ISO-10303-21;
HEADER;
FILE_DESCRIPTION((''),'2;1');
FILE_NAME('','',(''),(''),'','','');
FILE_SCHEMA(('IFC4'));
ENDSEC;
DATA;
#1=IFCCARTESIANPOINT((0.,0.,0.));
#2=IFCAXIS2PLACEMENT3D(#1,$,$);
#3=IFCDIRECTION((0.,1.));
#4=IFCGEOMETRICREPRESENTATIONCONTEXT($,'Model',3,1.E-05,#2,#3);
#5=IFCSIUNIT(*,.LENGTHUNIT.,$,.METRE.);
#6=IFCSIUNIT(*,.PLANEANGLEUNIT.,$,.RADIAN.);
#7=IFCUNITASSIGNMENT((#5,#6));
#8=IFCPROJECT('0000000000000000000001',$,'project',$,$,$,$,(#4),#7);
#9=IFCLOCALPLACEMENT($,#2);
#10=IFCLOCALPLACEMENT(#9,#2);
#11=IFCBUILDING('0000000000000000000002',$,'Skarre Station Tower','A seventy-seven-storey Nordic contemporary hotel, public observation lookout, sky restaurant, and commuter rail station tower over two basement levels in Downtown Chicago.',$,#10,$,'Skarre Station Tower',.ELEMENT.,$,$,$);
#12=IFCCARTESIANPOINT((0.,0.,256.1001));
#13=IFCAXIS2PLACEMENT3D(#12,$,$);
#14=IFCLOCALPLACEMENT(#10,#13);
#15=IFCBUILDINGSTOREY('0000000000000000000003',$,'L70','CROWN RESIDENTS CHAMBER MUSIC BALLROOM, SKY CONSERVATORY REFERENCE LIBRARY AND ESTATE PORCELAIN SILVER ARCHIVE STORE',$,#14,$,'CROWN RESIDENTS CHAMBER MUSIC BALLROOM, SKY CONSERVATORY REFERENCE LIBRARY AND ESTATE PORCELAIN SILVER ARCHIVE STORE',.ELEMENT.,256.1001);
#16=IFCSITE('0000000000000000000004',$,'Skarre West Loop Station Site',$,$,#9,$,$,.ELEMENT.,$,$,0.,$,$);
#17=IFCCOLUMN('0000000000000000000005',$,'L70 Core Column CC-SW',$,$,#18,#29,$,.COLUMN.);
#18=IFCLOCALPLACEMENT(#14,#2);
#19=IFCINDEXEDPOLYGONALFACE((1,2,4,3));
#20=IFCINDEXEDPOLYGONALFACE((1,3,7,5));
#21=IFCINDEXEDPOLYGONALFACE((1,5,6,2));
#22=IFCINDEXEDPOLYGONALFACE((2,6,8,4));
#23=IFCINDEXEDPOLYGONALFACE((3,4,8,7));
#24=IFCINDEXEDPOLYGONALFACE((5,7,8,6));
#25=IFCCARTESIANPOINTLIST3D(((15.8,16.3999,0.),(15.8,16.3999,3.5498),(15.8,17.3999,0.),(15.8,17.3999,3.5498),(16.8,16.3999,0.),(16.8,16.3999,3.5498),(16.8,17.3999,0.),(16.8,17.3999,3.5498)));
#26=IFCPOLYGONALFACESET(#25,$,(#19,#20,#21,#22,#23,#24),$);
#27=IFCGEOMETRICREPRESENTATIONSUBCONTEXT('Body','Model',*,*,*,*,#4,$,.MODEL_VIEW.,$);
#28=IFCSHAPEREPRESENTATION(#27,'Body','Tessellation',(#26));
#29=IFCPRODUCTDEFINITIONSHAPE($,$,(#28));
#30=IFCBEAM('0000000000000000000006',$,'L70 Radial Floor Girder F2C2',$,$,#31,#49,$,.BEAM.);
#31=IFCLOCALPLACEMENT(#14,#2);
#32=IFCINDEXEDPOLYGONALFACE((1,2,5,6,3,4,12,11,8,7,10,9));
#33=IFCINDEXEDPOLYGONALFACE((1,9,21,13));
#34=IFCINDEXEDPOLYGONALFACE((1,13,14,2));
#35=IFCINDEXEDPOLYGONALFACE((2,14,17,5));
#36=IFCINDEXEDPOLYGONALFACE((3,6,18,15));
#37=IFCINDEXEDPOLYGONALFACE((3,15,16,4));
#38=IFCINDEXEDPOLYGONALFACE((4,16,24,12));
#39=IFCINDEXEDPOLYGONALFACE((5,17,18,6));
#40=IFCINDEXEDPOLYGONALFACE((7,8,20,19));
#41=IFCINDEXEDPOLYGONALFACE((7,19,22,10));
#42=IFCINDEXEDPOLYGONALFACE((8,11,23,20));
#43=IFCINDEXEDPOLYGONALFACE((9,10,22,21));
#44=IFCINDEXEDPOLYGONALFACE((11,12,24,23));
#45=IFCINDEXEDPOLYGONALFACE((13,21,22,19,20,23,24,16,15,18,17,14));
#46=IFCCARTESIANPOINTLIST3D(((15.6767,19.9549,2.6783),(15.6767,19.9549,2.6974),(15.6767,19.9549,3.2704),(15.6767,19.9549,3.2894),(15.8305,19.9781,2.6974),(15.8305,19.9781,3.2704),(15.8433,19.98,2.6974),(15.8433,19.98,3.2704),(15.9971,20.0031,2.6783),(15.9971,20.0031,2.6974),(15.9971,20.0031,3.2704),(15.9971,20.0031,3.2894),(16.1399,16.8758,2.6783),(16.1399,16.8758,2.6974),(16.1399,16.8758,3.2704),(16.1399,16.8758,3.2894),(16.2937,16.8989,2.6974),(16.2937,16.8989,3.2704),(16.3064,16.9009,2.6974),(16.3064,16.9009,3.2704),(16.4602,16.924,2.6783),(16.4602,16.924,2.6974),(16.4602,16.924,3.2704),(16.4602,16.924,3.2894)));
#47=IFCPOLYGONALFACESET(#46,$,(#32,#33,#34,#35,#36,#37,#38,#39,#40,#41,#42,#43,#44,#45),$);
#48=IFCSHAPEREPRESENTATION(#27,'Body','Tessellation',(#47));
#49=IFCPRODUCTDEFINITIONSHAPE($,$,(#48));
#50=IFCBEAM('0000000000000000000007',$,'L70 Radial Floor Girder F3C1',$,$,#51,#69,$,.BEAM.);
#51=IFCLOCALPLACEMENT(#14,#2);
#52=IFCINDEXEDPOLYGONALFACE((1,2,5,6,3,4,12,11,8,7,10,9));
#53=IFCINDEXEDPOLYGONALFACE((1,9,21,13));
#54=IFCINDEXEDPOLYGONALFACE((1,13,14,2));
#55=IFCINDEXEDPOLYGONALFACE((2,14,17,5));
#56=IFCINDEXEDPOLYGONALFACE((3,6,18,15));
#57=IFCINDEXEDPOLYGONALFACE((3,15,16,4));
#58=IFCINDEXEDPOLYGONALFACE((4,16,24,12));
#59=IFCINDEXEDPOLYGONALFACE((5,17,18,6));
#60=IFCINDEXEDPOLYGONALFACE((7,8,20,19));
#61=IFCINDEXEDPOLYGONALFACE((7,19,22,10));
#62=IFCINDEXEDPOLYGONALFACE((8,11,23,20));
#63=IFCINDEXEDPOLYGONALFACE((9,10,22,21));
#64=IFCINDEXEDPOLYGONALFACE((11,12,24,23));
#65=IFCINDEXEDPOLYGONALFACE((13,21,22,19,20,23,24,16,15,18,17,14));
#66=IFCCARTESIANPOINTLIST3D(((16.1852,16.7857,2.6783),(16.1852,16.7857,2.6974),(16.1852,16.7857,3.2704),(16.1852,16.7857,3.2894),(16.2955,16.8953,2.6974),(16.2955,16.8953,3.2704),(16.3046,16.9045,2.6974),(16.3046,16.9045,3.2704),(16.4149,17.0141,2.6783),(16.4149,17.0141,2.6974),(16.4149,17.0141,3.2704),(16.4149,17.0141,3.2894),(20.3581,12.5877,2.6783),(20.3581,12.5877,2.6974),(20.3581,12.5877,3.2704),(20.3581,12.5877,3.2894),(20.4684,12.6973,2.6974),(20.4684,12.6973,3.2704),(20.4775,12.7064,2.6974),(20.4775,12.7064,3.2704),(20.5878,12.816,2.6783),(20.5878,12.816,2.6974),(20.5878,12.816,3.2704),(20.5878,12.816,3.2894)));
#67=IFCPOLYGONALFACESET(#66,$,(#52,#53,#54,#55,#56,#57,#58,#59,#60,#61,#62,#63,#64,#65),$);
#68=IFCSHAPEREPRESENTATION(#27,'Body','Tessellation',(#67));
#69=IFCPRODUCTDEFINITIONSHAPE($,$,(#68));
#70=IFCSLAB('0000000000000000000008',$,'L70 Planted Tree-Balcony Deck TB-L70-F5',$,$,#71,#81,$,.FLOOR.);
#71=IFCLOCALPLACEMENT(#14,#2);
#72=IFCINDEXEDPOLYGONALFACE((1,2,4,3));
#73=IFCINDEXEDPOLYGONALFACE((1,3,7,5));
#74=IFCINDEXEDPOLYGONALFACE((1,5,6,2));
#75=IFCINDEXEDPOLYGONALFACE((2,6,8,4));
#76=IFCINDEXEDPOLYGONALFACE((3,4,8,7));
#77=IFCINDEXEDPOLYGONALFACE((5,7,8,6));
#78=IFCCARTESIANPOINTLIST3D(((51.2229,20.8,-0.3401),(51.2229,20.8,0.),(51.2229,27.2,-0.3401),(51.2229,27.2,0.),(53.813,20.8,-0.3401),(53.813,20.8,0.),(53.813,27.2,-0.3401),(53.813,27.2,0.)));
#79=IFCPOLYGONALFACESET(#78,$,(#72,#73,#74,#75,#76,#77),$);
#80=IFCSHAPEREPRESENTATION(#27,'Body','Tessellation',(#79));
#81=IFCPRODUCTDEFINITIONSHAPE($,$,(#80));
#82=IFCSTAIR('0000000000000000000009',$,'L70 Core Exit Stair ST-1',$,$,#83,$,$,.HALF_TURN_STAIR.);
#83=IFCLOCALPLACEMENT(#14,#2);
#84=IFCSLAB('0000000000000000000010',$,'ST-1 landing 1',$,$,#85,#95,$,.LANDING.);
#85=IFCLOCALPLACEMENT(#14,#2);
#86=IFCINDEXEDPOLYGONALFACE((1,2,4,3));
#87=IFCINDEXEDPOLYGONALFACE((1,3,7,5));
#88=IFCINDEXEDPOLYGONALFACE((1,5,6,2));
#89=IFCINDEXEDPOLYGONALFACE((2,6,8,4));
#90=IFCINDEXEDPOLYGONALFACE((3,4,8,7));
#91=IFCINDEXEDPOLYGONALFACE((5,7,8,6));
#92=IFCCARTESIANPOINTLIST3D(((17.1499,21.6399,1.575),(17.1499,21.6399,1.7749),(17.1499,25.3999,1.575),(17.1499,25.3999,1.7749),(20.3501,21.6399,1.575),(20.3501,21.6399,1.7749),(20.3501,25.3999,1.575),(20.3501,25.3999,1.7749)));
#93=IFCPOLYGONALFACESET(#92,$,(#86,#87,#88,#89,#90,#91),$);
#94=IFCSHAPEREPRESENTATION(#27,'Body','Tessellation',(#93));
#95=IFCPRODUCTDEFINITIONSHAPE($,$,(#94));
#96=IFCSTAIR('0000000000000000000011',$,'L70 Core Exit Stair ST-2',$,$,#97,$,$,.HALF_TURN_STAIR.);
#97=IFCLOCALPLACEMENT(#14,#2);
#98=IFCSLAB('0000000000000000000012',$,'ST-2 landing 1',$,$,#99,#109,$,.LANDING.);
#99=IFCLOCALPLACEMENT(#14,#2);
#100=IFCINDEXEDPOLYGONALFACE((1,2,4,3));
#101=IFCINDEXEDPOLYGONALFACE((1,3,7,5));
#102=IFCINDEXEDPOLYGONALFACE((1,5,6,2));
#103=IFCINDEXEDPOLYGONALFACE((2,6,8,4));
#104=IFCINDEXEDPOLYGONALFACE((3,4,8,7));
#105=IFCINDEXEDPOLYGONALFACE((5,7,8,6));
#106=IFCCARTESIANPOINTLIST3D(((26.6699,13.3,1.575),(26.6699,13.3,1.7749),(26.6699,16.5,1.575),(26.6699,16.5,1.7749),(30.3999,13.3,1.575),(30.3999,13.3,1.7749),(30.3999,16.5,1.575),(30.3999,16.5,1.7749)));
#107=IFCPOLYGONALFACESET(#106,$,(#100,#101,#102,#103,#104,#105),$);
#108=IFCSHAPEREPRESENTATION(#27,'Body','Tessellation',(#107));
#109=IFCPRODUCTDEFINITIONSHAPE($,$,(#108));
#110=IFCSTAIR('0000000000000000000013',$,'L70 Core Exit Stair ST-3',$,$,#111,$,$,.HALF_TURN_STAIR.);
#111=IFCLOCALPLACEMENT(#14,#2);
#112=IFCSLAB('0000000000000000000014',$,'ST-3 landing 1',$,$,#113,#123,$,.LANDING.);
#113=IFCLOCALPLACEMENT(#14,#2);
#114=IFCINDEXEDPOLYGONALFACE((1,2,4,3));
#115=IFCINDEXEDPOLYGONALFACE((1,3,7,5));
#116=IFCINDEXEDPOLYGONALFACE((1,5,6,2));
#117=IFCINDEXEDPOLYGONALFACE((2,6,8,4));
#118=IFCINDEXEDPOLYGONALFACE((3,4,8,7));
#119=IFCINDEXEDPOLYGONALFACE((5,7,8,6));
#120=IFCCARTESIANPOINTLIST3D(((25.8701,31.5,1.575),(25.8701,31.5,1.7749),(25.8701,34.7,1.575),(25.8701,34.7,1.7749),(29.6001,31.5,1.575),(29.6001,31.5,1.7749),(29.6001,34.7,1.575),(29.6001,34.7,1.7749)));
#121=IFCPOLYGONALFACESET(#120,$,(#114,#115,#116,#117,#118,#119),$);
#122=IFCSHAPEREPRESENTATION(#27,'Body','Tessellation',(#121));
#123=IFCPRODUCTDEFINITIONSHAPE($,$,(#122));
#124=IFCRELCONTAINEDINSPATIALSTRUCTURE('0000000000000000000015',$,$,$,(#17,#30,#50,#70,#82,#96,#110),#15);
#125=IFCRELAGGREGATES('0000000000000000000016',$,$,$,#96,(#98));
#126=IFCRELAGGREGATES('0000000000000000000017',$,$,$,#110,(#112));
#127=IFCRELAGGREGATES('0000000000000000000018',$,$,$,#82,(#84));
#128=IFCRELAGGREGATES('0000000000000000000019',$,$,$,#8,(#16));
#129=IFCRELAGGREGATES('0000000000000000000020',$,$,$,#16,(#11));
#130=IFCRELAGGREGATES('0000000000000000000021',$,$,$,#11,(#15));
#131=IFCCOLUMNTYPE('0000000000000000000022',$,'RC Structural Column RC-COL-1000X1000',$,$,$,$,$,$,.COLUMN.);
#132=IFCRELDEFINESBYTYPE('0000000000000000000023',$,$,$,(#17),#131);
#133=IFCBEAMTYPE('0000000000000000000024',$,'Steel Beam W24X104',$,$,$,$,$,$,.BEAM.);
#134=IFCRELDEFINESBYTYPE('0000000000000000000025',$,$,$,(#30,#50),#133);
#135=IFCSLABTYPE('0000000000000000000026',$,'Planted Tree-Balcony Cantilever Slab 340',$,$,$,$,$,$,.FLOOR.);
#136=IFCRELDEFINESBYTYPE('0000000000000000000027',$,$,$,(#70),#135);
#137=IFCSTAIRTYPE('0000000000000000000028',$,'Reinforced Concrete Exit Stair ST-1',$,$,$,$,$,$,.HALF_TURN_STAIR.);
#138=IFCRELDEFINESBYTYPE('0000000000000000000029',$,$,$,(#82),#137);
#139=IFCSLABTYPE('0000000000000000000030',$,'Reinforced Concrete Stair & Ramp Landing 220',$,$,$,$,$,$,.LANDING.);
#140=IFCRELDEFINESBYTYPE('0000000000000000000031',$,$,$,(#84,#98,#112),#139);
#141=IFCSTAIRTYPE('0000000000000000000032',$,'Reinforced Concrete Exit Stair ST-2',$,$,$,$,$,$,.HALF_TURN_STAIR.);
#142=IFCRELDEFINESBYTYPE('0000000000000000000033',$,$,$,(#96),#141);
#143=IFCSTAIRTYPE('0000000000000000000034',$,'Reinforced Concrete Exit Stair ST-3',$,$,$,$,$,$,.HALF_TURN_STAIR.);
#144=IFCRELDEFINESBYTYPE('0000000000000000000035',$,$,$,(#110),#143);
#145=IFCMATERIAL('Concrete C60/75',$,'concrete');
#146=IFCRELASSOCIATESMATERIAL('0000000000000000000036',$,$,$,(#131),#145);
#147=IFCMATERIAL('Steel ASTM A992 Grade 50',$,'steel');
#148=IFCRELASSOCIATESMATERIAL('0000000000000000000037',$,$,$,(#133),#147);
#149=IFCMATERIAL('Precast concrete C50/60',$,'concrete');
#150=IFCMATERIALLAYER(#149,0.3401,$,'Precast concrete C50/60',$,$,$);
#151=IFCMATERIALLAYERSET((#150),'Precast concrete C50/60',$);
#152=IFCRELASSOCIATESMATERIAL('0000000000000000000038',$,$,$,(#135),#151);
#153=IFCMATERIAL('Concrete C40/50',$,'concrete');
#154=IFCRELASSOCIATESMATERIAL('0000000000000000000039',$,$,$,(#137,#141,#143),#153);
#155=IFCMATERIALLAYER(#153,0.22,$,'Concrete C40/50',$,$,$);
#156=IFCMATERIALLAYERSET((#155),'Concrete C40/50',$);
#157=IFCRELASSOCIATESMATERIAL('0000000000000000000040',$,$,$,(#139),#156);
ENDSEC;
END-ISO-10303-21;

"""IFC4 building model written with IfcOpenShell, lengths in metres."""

from ifc_helpers import new_model, si_unit, direction, frame, origin, origin_2d, place, context, subcontext, project, spatial, polyline, rectangle, i_section, outline, extrude, material, layer, layer_set, material_profile, profile_set, type_object, element, aggregate, save


model = new_model("IFC4")

# Units and contexts
model_context = context("Model", 3, precision=1e-05, world=origin(), true_north=direction((0.0, 1.0)))
body_context = subcontext(model_context, "Body", "Model", "MODEL_VIEW")
ifc_project = project(units=[si_unit("LENGTHUNIT", "METRE"), si_unit("PLANEANGLEUNIT", "RADIAN")], contexts=[model_context])

# Site, building, storey
site_placement = place(None, origin())
site = spatial("IfcSite", under=ifc_project, at=site_placement, Name="Skarre West Loop Station Site", CompositionType="ELEMENT", RefElevation=0.0)
building_placement = place(site_placement, origin())
building = spatial("IfcBuilding", under=site, at=building_placement, Name="Skarre Station Tower", Description="A seventy-seven-storey Nordic contemporary hotel, public observation lookout, sky restaurant, and commuter rail station tower over two basement levels in Downtown Chicago.", LongName="Skarre Station Tower", CompositionType="ELEMENT")
storey_placement = place(building_placement, frame((0.0, 0.0, 256.1001)))
storey = spatial("IfcBuildingStorey", under=building, at=storey_placement, Name="L70", Description="CROWN RESIDENTS CHAMBER MUSIC BALLROOM, SKY CONSERVATORY REFERENCE LIBRARY AND ESTATE PORCELAIN SILVER ARCHIVE STORE", LongName="CROWN RESIDENTS CHAMBER MUSIC BALLROOM, SKY CONSERVATORY REFERENCE LIBRARY AND ESTATE PORCELAIN SILVER ARCHIVE STORE", CompositionType="ELEMENT", Elevation=256.1001)

# Column
ifc_material_1 = material(Name="Concrete C60/75", Category="concrete")
ifc_material_profile_1 = material_profile(ifc_material_1, rectangle(XDim=1.0, YDim=1.0, at=origin_2d()), Name="Concrete C60/75")
ifc_profile_set_1 = profile_set([ifc_material_profile_1], Name="Concrete C60/75")
column_type = type_object("IfcColumnType", Name="RC Structural Column RC-COL-1000X1000", PredefinedType="COLUMN", material=ifc_profile_set_1)
column_placement = place(storey_placement, frame((16.3, 16.8999, 0.0), z_axis=(0.0, 0.0, 1.0), x_axis=(1.0, 0.0, 0.0)))
element("IfcColumn", 1, at=column_placement, inside=storey, type_object=column_type, Name="L70 Core Column CC-SW", PredefinedType="COLUMN", context=body_context, shape_type="SweptSolid", body=[
    extrude(rectangle(XDim=1.0, YDim=1.0, at=origin_2d()), origin(), (0.0, 0.0, 1.0), 3.5498),
])

# Beams
ifc_material_2 = material(Name="Steel ASTM A992 Grade 50", Category="steel")
ifc_material_profile_2 = material_profile(ifc_material_2, i_section(OverallWidth=0.324, OverallDepth=0.6111, WebThickness=0.0129, FlangeThickness=0.019, at=origin_2d()), Name="Steel ASTM A992 Grade 50")
ifc_profile_set_2 = profile_set([ifc_material_profile_2], Name="Steel ASTM A992 Grade 50")
beam_type = type_object("IfcBeamType", Name="Steel Beam W24X104", PredefinedType="BEAM", material=ifc_profile_set_2)
beam_1_placement = place(storey_placement, frame((16.3, 16.8999, 2.9839), z_axis=(-0.148739, 0.988876, 0.0), x_axis=(-0.988876, -0.148739, 0.0)))
element("IfcBeam", 2, at=beam_1_placement, inside=storey, type_object=beam_type, Name="L70 Radial Floor Girder F2C2", PredefinedType="BEAM", context=body_context, shape_type="SweptSolid", body=[
    extrude(i_section(OverallWidth=0.324, OverallDepth=0.6111, WebThickness=0.0129, FlangeThickness=0.019, at=origin_2d()), origin(), (0.0, 0.0, 1.0), 3.1138),
])
beam_2_placement = place(storey_placement, frame((16.3, 16.8999, 2.9839), z_axis=(0.704979, -0.709228, 0.0), x_axis=(0.709228, 0.704979, 0.0)))
element("IfcBeam", 3, at=beam_2_placement, inside=storey, type_object=beam_type, Name="L70 Radial Floor Girder F3C1", PredefinedType="BEAM", context=body_context, shape_type="SweptSolid", body=[
    extrude(i_section(OverallWidth=0.324, OverallDepth=0.6111, WebThickness=0.0129, FlangeThickness=0.019, at=origin_2d()), origin(), (0.0, 0.0, 1.0), 5.9192),
])

# Slab
ifc_material_3 = material(Name="Precast concrete C50/60", Category="concrete")
ifc_layer_1 = layer(ifc_material_3, 0.3401, Name="Precast concrete C50/60")
ifc_layer_set_1 = layer_set([ifc_layer_1], Name="Precast concrete C50/60")
slab_type_1 = type_object("IfcSlabType", Name="Planted Tree-Balcony Cantilever Slab 340", PredefinedType="FLOOR", material=ifc_layer_set_1)
slab_1_placement = place(storey_placement, frame((0.0, 0.0, -0.3401)))
element("IfcSlab", 4, at=slab_1_placement, inside=storey, type_object=slab_type_1, Name="L70 Planted Tree-Balcony Deck TB-L70-F5", PredefinedType="FLOOR", context=body_context, shape_type="SweptSolid", body=[
    extrude(outline(polyline([(51.2229, 20.8), (51.2229, 27.2), (53.813, 27.2), (53.813, 20.8), (51.2229, 20.8)])), origin(), (0.0, 0.0, 1.0), 0.3401),
])

# Stairs, slabs
ifc_material_4 = material(Name="Concrete C40/50", Category="concrete")
stair_type_1 = type_object("IfcStairType", Name="Reinforced Concrete Exit Stair ST-1", PredefinedType="HALF_TURN_STAIR", material=ifc_material_4)
stair_1_placement = place(storey_placement, origin())
stair_1 = element("IfcStair", 5, at=stair_1_placement, inside=storey, type_object=stair_type_1, Name="L70 Core Exit Stair ST-1", PredefinedType="HALF_TURN_STAIR")
ifc_layer_2 = layer(ifc_material_4, 0.22, Name="Concrete C40/50")
ifc_layer_set_2 = layer_set([ifc_layer_2], Name="Concrete C40/50")
slab_type_2 = type_object("IfcSlabType", Name="Reinforced Concrete Stair & Ramp Landing 220", PredefinedType="LANDING", material=ifc_layer_set_2)
slab_2_placement = place(storey_placement, frame((0.0, 0.0, 1.575)))
slab_2 = element("IfcSlab", 6, at=slab_2_placement, type_object=slab_type_2, Name="ST-1 landing 1", PredefinedType="LANDING", context=body_context, shape_type="SweptSolid", body=[
    extrude(outline(polyline([(20.3501, 21.6399), (20.3501, 25.3999), (17.1499, 25.3999), (17.1499, 21.6399), (20.3501, 21.6399)])), origin(), (0.0, 0.0, 1.0), 0.2),
])
stair_type_2 = type_object("IfcStairType", Name="Reinforced Concrete Exit Stair ST-2", PredefinedType="HALF_TURN_STAIR", material=ifc_material_4)
stair_2_placement = place(storey_placement, origin())
stair_2 = element("IfcStair", 7, at=stair_2_placement, inside=storey, type_object=stair_type_2, Name="L70 Core Exit Stair ST-2", PredefinedType="HALF_TURN_STAIR")
slab_3_placement = place(storey_placement, frame((0.0, 0.0, 1.575)))
slab_3 = element("IfcSlab", 8, at=slab_3_placement, type_object=slab_type_2, Name="ST-2 landing 1", PredefinedType="LANDING", context=body_context, shape_type="SweptSolid", body=[
    extrude(outline(polyline([(26.6699, 13.3), (30.3999, 13.3), (30.3999, 16.5), (26.6699, 16.5), (26.6699, 13.3)])), origin(), (0.0, 0.0, 1.0), 0.2),
])
aggregate(stair_2, [slab_3])
stair_type_3 = type_object("IfcStairType", Name="Reinforced Concrete Exit Stair ST-3", PredefinedType="HALF_TURN_STAIR", material=ifc_material_4)
stair_3_placement = place(storey_placement, origin())
stair_3 = element("IfcStair", 9, at=stair_3_placement, inside=storey, type_object=stair_type_3, Name="L70 Core Exit Stair ST-3", PredefinedType="HALF_TURN_STAIR")
slab_4_placement = place(storey_placement, frame((0.0, 0.0, 1.575)))
slab_4 = element("IfcSlab", 10, at=slab_4_placement, type_object=slab_type_2, Name="ST-3 landing 1", PredefinedType="LANDING", context=body_context, shape_type="SweptSolid", body=[
    extrude(outline(polyline([(25.8701, 31.5), (29.6001, 31.5), (29.6001, 34.7), (25.8701, 34.7), (25.8701, 31.5)])), origin(), (0.0, 0.0, 1.0), 0.2),
])
aggregate(stair_3, [slab_4])

aggregate(stair_1, [slab_2])

save(model, "model.ifc")
